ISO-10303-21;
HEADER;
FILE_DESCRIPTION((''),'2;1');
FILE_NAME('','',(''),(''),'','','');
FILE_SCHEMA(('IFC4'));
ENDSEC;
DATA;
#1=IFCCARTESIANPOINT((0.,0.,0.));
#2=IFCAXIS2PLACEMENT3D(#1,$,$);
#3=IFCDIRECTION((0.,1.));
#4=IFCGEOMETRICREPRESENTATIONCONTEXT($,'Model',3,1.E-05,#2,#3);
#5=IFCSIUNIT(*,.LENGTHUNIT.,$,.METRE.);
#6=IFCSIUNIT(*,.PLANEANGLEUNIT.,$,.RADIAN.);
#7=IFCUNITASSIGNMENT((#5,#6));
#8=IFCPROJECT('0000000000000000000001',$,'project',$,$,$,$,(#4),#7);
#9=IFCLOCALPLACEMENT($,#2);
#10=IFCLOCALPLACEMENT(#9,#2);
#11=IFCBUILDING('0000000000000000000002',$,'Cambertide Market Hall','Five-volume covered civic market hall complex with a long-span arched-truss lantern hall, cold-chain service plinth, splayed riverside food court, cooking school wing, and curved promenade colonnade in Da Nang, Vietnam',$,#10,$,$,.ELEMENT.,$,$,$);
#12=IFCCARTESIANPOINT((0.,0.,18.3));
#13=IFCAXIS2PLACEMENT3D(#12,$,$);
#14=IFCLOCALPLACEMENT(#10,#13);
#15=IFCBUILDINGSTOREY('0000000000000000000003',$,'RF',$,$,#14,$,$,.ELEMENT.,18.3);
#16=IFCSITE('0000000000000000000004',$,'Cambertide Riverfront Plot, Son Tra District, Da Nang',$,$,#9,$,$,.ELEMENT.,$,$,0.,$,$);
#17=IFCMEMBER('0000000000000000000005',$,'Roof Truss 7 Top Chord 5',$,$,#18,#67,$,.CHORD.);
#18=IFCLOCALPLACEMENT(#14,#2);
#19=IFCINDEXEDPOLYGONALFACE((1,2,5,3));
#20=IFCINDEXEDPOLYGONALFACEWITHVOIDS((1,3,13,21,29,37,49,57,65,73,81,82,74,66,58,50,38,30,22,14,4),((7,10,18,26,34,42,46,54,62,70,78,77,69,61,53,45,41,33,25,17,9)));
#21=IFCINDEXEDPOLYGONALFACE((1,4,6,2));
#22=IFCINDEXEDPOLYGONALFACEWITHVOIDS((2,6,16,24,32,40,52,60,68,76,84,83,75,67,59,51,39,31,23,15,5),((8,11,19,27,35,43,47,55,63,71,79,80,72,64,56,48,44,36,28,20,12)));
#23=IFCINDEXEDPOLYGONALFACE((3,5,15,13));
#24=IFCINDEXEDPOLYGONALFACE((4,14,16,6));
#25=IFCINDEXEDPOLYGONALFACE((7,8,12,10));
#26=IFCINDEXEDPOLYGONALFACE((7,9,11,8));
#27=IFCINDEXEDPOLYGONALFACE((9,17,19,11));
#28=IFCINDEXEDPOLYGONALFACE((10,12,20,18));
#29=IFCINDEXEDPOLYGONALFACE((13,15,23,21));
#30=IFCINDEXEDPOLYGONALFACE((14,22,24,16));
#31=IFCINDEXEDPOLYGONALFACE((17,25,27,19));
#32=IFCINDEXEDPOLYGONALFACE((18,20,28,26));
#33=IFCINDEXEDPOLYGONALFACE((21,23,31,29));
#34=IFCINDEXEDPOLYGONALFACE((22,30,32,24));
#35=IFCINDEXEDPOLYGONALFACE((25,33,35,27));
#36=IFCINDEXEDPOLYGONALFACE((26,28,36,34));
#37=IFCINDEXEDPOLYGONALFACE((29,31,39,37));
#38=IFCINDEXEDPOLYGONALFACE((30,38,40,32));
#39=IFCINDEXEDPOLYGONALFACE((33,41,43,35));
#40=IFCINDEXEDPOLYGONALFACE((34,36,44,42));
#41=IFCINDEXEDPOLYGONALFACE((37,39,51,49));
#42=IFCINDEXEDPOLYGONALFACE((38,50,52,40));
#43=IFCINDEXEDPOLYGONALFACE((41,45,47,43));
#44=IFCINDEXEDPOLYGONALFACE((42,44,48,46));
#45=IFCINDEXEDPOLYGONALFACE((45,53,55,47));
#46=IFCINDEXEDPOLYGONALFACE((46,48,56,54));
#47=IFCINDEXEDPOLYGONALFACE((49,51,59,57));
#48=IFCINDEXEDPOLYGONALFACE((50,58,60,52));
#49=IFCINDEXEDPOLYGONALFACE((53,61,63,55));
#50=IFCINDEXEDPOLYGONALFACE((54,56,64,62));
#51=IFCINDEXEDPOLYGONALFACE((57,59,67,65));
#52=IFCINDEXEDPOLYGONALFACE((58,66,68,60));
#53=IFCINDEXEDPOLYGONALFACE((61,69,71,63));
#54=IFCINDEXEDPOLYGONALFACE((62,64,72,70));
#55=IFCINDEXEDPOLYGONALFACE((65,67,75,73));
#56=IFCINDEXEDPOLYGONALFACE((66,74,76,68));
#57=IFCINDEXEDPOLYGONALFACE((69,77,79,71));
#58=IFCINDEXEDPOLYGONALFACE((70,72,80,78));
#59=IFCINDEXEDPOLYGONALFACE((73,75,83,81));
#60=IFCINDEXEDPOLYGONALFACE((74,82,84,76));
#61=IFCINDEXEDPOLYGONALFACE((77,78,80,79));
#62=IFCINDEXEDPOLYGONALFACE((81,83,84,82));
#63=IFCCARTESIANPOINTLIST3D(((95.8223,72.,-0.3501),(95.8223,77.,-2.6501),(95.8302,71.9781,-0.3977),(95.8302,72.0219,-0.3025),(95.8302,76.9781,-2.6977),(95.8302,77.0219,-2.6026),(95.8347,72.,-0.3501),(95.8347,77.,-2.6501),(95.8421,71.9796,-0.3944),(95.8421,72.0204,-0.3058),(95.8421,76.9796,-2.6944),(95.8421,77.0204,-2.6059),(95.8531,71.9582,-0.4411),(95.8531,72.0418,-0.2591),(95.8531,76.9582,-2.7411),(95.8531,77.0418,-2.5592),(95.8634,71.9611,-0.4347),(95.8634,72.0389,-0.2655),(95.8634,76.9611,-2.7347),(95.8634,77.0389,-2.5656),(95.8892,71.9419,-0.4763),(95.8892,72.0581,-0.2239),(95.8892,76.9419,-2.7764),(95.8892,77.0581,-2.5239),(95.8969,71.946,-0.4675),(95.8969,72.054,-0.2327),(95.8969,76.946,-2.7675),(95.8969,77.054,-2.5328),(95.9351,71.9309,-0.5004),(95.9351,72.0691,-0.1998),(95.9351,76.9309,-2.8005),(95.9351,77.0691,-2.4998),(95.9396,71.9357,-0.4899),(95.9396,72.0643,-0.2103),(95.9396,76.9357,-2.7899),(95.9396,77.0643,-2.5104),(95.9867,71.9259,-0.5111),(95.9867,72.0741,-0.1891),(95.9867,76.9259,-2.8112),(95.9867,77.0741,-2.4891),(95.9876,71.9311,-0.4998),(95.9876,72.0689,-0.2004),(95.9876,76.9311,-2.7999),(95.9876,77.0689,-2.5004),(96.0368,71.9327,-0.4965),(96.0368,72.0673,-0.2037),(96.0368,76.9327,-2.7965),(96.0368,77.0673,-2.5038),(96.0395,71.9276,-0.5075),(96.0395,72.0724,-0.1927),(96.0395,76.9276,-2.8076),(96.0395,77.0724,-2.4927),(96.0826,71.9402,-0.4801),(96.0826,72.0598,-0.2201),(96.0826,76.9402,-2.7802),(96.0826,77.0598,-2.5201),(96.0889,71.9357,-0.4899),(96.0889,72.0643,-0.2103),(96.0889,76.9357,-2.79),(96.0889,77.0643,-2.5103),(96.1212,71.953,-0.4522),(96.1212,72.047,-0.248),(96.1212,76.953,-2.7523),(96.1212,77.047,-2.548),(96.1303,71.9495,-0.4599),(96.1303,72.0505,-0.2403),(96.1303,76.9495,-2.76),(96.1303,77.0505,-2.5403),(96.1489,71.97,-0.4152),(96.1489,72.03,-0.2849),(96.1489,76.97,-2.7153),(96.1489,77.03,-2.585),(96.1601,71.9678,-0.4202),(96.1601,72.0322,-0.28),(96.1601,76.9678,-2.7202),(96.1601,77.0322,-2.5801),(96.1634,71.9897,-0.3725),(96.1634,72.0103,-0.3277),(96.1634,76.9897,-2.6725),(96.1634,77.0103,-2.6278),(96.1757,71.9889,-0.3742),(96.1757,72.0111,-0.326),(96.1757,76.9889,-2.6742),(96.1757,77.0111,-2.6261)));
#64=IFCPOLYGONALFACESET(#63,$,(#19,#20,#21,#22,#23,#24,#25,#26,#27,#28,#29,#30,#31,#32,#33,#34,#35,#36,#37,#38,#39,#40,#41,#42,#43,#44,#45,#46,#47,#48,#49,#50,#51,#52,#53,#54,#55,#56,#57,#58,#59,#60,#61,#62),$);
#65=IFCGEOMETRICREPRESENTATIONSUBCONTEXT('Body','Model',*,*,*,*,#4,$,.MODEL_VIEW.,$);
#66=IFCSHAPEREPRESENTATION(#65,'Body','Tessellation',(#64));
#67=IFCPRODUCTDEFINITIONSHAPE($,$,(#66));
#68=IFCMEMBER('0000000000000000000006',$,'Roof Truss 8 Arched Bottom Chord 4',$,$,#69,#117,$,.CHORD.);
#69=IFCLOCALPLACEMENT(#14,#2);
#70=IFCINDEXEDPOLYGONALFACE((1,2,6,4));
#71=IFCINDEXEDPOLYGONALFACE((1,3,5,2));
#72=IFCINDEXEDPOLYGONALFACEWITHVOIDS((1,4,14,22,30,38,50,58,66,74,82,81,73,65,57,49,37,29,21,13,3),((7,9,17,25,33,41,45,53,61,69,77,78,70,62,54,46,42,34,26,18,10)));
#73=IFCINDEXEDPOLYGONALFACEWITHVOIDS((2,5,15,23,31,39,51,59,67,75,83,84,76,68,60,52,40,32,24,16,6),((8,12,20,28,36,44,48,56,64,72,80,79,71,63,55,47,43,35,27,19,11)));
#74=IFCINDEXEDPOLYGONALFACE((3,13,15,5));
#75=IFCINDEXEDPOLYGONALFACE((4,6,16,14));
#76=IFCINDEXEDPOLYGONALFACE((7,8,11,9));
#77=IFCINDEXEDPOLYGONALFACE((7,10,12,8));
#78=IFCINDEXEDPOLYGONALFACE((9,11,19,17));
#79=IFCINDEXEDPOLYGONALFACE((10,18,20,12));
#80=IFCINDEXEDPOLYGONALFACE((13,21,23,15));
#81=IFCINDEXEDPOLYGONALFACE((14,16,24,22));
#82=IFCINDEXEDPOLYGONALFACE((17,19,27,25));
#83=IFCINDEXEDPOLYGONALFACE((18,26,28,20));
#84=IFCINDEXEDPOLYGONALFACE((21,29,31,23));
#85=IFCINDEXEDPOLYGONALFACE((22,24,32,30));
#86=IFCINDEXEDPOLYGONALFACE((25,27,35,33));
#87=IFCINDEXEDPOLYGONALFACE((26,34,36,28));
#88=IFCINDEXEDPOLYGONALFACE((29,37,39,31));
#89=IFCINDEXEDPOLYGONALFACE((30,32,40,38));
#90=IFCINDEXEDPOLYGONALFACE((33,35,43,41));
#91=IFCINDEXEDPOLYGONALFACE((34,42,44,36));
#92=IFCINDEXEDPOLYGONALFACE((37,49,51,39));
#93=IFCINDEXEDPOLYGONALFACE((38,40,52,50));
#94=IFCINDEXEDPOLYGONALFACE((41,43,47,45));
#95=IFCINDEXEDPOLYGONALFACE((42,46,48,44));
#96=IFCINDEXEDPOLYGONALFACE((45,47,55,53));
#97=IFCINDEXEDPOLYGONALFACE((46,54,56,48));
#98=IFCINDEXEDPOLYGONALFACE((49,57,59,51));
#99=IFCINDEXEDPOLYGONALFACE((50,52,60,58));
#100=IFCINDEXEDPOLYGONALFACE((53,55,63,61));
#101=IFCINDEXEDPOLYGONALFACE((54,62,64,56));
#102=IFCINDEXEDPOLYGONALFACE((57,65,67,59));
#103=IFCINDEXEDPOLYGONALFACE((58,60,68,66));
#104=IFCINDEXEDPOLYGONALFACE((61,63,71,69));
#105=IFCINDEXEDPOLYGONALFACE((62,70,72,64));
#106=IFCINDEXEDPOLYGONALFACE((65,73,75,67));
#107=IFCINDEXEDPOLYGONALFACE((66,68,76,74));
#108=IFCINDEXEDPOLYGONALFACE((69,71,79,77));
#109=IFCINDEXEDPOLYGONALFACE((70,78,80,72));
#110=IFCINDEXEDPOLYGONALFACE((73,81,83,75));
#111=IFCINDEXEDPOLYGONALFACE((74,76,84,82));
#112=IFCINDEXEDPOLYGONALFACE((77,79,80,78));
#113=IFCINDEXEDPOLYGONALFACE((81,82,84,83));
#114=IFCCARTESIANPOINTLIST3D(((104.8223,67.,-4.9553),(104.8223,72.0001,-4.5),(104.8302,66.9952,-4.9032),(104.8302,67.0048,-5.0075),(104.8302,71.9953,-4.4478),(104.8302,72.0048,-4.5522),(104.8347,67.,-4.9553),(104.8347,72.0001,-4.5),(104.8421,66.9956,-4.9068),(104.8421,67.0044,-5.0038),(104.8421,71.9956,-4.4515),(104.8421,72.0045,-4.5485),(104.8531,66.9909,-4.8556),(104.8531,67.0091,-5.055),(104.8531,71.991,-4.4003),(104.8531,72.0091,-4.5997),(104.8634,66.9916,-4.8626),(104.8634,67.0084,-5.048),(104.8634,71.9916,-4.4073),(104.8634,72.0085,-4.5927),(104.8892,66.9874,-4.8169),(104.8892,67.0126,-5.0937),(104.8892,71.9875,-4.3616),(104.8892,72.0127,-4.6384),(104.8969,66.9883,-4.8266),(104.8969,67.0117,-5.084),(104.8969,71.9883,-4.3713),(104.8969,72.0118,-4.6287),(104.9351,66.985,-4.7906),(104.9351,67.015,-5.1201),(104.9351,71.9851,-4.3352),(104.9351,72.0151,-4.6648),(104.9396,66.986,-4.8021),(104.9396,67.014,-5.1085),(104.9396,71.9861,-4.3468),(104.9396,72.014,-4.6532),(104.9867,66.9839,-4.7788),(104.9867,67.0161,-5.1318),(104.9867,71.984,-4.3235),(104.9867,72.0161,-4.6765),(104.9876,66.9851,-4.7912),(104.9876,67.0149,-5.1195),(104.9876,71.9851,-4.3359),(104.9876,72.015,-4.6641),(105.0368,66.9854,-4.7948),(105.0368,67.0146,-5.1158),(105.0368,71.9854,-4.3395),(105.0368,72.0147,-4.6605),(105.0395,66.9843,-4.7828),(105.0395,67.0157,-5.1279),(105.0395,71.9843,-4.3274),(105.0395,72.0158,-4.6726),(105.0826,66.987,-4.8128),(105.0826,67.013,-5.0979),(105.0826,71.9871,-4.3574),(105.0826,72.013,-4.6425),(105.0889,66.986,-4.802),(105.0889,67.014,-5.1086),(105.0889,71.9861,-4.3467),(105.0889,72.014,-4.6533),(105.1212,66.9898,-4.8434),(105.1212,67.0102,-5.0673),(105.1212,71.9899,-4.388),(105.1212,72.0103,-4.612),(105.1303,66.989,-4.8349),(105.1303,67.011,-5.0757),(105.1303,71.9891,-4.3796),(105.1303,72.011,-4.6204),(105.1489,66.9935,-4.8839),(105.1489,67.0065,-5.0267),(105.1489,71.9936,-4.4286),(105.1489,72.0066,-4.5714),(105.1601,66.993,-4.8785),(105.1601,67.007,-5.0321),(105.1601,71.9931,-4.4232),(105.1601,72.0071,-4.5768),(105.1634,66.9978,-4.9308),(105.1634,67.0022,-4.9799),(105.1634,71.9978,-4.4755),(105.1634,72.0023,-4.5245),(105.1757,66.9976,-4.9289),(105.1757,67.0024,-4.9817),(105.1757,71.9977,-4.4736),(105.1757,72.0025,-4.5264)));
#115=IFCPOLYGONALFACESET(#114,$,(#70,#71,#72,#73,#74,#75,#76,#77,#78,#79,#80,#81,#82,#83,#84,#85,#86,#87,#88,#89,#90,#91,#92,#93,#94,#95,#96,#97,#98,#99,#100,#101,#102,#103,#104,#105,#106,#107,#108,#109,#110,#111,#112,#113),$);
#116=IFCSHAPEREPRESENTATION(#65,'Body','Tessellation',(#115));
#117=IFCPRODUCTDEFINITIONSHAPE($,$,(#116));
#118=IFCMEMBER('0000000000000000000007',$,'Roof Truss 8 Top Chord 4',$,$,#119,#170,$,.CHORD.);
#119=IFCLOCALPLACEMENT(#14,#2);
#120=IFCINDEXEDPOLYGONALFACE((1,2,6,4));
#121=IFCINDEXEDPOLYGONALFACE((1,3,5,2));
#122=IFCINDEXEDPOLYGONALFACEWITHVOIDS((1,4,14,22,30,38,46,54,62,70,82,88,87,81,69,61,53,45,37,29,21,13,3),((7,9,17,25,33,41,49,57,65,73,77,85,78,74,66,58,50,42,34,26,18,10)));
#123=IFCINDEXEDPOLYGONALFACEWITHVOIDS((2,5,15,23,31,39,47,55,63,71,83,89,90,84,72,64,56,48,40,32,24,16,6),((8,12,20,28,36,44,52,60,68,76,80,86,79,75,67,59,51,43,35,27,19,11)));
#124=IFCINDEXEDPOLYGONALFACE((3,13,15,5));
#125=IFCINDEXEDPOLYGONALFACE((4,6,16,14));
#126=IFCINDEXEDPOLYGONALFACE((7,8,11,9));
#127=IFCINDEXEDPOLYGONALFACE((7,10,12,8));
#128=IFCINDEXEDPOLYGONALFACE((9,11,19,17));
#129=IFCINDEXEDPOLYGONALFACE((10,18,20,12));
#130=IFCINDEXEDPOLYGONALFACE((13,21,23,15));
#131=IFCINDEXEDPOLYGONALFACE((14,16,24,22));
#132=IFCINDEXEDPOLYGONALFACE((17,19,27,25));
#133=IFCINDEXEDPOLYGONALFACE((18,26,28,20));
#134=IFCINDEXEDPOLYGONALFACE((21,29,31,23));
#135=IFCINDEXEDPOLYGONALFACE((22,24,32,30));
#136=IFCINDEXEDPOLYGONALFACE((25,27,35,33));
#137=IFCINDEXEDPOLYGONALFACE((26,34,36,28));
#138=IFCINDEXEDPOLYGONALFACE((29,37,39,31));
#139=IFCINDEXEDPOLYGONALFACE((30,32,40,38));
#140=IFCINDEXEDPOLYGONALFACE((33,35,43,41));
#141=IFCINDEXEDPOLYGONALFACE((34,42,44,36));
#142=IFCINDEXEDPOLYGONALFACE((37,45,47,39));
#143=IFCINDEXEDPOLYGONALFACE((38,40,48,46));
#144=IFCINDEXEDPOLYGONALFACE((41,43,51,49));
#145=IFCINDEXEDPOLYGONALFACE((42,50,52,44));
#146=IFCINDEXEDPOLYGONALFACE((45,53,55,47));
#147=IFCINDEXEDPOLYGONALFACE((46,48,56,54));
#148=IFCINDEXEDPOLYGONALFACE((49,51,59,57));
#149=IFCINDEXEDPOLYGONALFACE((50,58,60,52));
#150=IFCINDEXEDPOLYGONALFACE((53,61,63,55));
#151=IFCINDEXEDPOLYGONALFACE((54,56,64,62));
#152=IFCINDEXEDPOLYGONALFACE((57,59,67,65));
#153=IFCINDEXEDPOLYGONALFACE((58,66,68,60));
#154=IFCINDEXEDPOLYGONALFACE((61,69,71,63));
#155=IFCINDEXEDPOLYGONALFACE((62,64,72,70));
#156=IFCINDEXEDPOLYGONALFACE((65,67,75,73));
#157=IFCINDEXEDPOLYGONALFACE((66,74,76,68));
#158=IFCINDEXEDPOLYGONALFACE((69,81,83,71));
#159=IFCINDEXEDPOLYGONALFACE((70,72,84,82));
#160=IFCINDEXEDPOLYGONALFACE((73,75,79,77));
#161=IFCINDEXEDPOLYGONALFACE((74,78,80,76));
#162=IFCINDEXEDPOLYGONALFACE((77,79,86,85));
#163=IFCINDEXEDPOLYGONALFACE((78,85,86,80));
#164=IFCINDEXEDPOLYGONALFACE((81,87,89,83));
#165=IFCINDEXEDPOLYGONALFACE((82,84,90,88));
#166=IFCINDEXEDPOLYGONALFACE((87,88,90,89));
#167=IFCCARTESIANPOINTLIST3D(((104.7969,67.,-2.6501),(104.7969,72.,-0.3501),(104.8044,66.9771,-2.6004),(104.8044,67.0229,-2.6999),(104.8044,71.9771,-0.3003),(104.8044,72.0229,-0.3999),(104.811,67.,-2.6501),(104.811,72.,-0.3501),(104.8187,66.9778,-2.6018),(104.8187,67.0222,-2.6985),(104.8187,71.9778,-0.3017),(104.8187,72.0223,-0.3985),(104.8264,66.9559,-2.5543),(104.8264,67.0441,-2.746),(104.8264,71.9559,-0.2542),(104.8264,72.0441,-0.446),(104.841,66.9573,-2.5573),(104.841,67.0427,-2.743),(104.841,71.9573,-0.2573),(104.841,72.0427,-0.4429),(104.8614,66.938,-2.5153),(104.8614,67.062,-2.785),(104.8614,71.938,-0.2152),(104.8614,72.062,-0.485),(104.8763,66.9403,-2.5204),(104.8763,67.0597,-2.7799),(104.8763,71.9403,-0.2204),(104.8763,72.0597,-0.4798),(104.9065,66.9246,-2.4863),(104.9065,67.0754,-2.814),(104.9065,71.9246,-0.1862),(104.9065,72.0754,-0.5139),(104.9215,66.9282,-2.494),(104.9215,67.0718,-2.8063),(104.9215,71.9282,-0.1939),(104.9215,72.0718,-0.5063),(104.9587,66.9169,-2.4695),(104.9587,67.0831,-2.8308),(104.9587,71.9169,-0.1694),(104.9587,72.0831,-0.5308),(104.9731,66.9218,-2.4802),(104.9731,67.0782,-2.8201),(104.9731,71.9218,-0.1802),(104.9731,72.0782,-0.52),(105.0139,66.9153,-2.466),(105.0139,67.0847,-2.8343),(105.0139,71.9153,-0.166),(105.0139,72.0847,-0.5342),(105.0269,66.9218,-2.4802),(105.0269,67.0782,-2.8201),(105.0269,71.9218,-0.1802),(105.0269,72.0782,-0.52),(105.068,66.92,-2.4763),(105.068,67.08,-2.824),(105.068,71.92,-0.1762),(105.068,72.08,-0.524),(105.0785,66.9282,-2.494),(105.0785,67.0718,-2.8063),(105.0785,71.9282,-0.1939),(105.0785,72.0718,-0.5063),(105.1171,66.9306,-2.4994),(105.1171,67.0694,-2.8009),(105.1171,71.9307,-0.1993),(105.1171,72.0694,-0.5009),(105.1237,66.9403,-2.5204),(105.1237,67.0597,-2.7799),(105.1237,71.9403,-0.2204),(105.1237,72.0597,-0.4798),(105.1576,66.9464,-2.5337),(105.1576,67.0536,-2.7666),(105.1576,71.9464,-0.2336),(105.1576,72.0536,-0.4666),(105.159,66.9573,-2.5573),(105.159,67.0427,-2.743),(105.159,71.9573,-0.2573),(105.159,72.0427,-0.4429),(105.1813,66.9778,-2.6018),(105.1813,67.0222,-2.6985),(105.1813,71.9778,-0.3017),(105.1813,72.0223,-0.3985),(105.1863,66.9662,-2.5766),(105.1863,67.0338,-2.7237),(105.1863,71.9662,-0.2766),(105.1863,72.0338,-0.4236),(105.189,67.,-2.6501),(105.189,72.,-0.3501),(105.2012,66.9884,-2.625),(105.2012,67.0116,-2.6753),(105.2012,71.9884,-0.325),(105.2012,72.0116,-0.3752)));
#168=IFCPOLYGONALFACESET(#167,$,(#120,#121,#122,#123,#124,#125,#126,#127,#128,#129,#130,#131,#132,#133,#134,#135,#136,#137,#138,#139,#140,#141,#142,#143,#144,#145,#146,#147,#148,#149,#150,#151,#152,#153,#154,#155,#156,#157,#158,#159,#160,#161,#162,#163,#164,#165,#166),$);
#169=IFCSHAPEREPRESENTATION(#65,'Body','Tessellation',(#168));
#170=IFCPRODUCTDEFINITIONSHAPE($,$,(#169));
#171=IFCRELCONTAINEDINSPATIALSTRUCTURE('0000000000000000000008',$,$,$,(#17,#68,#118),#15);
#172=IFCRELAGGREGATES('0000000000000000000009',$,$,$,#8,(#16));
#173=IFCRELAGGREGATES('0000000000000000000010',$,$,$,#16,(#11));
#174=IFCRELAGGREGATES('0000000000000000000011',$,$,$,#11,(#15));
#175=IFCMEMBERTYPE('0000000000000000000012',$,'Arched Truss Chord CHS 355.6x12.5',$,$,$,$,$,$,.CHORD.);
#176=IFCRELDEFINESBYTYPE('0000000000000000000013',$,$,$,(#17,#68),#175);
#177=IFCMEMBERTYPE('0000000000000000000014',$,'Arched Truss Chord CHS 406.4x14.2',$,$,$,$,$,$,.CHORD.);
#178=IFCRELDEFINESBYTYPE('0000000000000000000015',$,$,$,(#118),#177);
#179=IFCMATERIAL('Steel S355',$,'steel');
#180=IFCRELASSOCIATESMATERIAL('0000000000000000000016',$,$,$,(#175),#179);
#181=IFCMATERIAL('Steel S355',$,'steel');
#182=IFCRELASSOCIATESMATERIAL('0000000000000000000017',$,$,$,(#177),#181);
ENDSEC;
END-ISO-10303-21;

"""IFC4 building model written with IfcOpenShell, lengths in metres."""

from ifc_helpers import new_model, si_unit, direction, frame, origin, origin_2d, place, context, subcontext, project, spatial, hollow_circle, extrude, material, material_profile, profile_set, type_object, element, save


model = new_model("IFC4")

# Units and contexts
model_context = context("Model", 3, precision=1e-05, world=origin(), true_north=direction((0.0, 1.0)))
body_context = subcontext(model_context, "Body", "Model", "MODEL_VIEW")
ifc_project = project(units=[si_unit("LENGTHUNIT", "METRE"), si_unit("PLANEANGLEUNIT", "RADIAN")], contexts=[model_context])

# Site, building, storey
site_placement = place(None, origin())
site = spatial("IfcSite", under=ifc_project, at=site_placement, Name="Cambertide Riverfront Plot, Son Tra District, Da Nang", CompositionType="ELEMENT", RefElevation=0.0)
building_placement = place(site_placement, origin())
building = spatial("IfcBuilding", under=site, at=building_placement, Name="Cambertide Market Hall", Description="Five-volume covered civic market hall complex with a long-span arched-truss lantern hall, cold-chain service plinth, splayed riverside food court, cooking school wing, and curved promenade colonnade in Da Nang, Vietnam", CompositionType="ELEMENT")
storey_placement = place(building_placement, frame((0.0, 0.0, 18.3)))
storey = spatial("IfcBuildingStorey", under=building, at=storey_placement, Name="RF", CompositionType="ELEMENT", Elevation=18.3)

# Members
ifc_material_1 = material(Name="Steel S355", Category="steel")
ifc_material_profile_1 = material_profile(ifc_material_1, hollow_circle(Radius=0.1777, WallThickness=0.0125, at=origin_2d()), Name="CHS 355.6x12.5")
ifc_profile_set_1 = profile_set([ifc_material_profile_1], Name="Steel S355")
member_type_1 = type_object("IfcMemberType", Name="Arched Truss Chord CHS 355.6x12.5", PredefinedType="CHORD", material=ifc_profile_set_1)
for number, where, z_axis, x_axis, name in (
    (1, (96.0, 72.0, -0.3501), (0.0, 0.908487, -0.417913), (-1.0, 0.0, 0.0), "Roof Truss 7 Top Chord 5"),
):
    element("IfcMember", number, at=place(storey_placement, frame(where, z_axis=z_axis, x_axis=x_axis)), inside=storey, type_object=member_type_1, Name=name, PredefinedType="CHORD", context=body_context, shape_type="SweptSolid", body=[
        extrude(hollow_circle(Radius=0.1777, WallThickness=0.0125, at=origin_2d()), origin(), (0.0, 0.0, 1.0), 5.5037),
    ])
member_1_placement = place(storey_placement, frame((105.0, 67.0, -4.9553), z_axis=(0.0, 0.995879, 0.090689), x_axis=(-1.0, 0.0, 0.0)))
element("IfcMember", 2, at=member_1_placement, inside=storey, type_object=member_type_1, Name="Roof Truss 8 Arched Bottom Chord 4", PredefinedType="CHORD", context=body_context, shape_type="SweptSolid", body=[
    extrude(hollow_circle(Radius=0.1777, WallThickness=0.0125, at=origin_2d()), origin(), (0.0, 0.0, 1.0), 5.0208),
])
ifc_material_2 = material(Name="Steel S355", Category="steel")
ifc_material_profile_2 = material_profile(ifc_material_2, hollow_circle(Radius=0.2031, WallThickness=0.0142, at=origin_2d()), Name="CHS 406.4x14.2")
ifc_profile_set_2 = profile_set([ifc_material_profile_2], Name="Steel S355")
member_type_2 = type_object("IfcMemberType", Name="Arched Truss Chord CHS 406.4x14.2", PredefinedType="CHORD", material=ifc_profile_set_2)
member_2_placement = place(storey_placement, frame((105.0, 67.0, -2.6501), z_axis=(0.0, 0.908487, 0.417913), x_axis=(-1.0, 0.0, 0.0)))
element("IfcMember", 3, at=member_2_placement, inside=storey, type_object=member_type_2, Name="Roof Truss 8 Top Chord 4", PredefinedType="CHORD", context=body_context, shape_type="SweptSolid", body=[
    extrude(hollow_circle(Radius=0.2031, WallThickness=0.0142, at=origin_2d()), origin(), (0.0, 0.0, 1.0), 5.5037),
])

save(model, "model.ifc")
